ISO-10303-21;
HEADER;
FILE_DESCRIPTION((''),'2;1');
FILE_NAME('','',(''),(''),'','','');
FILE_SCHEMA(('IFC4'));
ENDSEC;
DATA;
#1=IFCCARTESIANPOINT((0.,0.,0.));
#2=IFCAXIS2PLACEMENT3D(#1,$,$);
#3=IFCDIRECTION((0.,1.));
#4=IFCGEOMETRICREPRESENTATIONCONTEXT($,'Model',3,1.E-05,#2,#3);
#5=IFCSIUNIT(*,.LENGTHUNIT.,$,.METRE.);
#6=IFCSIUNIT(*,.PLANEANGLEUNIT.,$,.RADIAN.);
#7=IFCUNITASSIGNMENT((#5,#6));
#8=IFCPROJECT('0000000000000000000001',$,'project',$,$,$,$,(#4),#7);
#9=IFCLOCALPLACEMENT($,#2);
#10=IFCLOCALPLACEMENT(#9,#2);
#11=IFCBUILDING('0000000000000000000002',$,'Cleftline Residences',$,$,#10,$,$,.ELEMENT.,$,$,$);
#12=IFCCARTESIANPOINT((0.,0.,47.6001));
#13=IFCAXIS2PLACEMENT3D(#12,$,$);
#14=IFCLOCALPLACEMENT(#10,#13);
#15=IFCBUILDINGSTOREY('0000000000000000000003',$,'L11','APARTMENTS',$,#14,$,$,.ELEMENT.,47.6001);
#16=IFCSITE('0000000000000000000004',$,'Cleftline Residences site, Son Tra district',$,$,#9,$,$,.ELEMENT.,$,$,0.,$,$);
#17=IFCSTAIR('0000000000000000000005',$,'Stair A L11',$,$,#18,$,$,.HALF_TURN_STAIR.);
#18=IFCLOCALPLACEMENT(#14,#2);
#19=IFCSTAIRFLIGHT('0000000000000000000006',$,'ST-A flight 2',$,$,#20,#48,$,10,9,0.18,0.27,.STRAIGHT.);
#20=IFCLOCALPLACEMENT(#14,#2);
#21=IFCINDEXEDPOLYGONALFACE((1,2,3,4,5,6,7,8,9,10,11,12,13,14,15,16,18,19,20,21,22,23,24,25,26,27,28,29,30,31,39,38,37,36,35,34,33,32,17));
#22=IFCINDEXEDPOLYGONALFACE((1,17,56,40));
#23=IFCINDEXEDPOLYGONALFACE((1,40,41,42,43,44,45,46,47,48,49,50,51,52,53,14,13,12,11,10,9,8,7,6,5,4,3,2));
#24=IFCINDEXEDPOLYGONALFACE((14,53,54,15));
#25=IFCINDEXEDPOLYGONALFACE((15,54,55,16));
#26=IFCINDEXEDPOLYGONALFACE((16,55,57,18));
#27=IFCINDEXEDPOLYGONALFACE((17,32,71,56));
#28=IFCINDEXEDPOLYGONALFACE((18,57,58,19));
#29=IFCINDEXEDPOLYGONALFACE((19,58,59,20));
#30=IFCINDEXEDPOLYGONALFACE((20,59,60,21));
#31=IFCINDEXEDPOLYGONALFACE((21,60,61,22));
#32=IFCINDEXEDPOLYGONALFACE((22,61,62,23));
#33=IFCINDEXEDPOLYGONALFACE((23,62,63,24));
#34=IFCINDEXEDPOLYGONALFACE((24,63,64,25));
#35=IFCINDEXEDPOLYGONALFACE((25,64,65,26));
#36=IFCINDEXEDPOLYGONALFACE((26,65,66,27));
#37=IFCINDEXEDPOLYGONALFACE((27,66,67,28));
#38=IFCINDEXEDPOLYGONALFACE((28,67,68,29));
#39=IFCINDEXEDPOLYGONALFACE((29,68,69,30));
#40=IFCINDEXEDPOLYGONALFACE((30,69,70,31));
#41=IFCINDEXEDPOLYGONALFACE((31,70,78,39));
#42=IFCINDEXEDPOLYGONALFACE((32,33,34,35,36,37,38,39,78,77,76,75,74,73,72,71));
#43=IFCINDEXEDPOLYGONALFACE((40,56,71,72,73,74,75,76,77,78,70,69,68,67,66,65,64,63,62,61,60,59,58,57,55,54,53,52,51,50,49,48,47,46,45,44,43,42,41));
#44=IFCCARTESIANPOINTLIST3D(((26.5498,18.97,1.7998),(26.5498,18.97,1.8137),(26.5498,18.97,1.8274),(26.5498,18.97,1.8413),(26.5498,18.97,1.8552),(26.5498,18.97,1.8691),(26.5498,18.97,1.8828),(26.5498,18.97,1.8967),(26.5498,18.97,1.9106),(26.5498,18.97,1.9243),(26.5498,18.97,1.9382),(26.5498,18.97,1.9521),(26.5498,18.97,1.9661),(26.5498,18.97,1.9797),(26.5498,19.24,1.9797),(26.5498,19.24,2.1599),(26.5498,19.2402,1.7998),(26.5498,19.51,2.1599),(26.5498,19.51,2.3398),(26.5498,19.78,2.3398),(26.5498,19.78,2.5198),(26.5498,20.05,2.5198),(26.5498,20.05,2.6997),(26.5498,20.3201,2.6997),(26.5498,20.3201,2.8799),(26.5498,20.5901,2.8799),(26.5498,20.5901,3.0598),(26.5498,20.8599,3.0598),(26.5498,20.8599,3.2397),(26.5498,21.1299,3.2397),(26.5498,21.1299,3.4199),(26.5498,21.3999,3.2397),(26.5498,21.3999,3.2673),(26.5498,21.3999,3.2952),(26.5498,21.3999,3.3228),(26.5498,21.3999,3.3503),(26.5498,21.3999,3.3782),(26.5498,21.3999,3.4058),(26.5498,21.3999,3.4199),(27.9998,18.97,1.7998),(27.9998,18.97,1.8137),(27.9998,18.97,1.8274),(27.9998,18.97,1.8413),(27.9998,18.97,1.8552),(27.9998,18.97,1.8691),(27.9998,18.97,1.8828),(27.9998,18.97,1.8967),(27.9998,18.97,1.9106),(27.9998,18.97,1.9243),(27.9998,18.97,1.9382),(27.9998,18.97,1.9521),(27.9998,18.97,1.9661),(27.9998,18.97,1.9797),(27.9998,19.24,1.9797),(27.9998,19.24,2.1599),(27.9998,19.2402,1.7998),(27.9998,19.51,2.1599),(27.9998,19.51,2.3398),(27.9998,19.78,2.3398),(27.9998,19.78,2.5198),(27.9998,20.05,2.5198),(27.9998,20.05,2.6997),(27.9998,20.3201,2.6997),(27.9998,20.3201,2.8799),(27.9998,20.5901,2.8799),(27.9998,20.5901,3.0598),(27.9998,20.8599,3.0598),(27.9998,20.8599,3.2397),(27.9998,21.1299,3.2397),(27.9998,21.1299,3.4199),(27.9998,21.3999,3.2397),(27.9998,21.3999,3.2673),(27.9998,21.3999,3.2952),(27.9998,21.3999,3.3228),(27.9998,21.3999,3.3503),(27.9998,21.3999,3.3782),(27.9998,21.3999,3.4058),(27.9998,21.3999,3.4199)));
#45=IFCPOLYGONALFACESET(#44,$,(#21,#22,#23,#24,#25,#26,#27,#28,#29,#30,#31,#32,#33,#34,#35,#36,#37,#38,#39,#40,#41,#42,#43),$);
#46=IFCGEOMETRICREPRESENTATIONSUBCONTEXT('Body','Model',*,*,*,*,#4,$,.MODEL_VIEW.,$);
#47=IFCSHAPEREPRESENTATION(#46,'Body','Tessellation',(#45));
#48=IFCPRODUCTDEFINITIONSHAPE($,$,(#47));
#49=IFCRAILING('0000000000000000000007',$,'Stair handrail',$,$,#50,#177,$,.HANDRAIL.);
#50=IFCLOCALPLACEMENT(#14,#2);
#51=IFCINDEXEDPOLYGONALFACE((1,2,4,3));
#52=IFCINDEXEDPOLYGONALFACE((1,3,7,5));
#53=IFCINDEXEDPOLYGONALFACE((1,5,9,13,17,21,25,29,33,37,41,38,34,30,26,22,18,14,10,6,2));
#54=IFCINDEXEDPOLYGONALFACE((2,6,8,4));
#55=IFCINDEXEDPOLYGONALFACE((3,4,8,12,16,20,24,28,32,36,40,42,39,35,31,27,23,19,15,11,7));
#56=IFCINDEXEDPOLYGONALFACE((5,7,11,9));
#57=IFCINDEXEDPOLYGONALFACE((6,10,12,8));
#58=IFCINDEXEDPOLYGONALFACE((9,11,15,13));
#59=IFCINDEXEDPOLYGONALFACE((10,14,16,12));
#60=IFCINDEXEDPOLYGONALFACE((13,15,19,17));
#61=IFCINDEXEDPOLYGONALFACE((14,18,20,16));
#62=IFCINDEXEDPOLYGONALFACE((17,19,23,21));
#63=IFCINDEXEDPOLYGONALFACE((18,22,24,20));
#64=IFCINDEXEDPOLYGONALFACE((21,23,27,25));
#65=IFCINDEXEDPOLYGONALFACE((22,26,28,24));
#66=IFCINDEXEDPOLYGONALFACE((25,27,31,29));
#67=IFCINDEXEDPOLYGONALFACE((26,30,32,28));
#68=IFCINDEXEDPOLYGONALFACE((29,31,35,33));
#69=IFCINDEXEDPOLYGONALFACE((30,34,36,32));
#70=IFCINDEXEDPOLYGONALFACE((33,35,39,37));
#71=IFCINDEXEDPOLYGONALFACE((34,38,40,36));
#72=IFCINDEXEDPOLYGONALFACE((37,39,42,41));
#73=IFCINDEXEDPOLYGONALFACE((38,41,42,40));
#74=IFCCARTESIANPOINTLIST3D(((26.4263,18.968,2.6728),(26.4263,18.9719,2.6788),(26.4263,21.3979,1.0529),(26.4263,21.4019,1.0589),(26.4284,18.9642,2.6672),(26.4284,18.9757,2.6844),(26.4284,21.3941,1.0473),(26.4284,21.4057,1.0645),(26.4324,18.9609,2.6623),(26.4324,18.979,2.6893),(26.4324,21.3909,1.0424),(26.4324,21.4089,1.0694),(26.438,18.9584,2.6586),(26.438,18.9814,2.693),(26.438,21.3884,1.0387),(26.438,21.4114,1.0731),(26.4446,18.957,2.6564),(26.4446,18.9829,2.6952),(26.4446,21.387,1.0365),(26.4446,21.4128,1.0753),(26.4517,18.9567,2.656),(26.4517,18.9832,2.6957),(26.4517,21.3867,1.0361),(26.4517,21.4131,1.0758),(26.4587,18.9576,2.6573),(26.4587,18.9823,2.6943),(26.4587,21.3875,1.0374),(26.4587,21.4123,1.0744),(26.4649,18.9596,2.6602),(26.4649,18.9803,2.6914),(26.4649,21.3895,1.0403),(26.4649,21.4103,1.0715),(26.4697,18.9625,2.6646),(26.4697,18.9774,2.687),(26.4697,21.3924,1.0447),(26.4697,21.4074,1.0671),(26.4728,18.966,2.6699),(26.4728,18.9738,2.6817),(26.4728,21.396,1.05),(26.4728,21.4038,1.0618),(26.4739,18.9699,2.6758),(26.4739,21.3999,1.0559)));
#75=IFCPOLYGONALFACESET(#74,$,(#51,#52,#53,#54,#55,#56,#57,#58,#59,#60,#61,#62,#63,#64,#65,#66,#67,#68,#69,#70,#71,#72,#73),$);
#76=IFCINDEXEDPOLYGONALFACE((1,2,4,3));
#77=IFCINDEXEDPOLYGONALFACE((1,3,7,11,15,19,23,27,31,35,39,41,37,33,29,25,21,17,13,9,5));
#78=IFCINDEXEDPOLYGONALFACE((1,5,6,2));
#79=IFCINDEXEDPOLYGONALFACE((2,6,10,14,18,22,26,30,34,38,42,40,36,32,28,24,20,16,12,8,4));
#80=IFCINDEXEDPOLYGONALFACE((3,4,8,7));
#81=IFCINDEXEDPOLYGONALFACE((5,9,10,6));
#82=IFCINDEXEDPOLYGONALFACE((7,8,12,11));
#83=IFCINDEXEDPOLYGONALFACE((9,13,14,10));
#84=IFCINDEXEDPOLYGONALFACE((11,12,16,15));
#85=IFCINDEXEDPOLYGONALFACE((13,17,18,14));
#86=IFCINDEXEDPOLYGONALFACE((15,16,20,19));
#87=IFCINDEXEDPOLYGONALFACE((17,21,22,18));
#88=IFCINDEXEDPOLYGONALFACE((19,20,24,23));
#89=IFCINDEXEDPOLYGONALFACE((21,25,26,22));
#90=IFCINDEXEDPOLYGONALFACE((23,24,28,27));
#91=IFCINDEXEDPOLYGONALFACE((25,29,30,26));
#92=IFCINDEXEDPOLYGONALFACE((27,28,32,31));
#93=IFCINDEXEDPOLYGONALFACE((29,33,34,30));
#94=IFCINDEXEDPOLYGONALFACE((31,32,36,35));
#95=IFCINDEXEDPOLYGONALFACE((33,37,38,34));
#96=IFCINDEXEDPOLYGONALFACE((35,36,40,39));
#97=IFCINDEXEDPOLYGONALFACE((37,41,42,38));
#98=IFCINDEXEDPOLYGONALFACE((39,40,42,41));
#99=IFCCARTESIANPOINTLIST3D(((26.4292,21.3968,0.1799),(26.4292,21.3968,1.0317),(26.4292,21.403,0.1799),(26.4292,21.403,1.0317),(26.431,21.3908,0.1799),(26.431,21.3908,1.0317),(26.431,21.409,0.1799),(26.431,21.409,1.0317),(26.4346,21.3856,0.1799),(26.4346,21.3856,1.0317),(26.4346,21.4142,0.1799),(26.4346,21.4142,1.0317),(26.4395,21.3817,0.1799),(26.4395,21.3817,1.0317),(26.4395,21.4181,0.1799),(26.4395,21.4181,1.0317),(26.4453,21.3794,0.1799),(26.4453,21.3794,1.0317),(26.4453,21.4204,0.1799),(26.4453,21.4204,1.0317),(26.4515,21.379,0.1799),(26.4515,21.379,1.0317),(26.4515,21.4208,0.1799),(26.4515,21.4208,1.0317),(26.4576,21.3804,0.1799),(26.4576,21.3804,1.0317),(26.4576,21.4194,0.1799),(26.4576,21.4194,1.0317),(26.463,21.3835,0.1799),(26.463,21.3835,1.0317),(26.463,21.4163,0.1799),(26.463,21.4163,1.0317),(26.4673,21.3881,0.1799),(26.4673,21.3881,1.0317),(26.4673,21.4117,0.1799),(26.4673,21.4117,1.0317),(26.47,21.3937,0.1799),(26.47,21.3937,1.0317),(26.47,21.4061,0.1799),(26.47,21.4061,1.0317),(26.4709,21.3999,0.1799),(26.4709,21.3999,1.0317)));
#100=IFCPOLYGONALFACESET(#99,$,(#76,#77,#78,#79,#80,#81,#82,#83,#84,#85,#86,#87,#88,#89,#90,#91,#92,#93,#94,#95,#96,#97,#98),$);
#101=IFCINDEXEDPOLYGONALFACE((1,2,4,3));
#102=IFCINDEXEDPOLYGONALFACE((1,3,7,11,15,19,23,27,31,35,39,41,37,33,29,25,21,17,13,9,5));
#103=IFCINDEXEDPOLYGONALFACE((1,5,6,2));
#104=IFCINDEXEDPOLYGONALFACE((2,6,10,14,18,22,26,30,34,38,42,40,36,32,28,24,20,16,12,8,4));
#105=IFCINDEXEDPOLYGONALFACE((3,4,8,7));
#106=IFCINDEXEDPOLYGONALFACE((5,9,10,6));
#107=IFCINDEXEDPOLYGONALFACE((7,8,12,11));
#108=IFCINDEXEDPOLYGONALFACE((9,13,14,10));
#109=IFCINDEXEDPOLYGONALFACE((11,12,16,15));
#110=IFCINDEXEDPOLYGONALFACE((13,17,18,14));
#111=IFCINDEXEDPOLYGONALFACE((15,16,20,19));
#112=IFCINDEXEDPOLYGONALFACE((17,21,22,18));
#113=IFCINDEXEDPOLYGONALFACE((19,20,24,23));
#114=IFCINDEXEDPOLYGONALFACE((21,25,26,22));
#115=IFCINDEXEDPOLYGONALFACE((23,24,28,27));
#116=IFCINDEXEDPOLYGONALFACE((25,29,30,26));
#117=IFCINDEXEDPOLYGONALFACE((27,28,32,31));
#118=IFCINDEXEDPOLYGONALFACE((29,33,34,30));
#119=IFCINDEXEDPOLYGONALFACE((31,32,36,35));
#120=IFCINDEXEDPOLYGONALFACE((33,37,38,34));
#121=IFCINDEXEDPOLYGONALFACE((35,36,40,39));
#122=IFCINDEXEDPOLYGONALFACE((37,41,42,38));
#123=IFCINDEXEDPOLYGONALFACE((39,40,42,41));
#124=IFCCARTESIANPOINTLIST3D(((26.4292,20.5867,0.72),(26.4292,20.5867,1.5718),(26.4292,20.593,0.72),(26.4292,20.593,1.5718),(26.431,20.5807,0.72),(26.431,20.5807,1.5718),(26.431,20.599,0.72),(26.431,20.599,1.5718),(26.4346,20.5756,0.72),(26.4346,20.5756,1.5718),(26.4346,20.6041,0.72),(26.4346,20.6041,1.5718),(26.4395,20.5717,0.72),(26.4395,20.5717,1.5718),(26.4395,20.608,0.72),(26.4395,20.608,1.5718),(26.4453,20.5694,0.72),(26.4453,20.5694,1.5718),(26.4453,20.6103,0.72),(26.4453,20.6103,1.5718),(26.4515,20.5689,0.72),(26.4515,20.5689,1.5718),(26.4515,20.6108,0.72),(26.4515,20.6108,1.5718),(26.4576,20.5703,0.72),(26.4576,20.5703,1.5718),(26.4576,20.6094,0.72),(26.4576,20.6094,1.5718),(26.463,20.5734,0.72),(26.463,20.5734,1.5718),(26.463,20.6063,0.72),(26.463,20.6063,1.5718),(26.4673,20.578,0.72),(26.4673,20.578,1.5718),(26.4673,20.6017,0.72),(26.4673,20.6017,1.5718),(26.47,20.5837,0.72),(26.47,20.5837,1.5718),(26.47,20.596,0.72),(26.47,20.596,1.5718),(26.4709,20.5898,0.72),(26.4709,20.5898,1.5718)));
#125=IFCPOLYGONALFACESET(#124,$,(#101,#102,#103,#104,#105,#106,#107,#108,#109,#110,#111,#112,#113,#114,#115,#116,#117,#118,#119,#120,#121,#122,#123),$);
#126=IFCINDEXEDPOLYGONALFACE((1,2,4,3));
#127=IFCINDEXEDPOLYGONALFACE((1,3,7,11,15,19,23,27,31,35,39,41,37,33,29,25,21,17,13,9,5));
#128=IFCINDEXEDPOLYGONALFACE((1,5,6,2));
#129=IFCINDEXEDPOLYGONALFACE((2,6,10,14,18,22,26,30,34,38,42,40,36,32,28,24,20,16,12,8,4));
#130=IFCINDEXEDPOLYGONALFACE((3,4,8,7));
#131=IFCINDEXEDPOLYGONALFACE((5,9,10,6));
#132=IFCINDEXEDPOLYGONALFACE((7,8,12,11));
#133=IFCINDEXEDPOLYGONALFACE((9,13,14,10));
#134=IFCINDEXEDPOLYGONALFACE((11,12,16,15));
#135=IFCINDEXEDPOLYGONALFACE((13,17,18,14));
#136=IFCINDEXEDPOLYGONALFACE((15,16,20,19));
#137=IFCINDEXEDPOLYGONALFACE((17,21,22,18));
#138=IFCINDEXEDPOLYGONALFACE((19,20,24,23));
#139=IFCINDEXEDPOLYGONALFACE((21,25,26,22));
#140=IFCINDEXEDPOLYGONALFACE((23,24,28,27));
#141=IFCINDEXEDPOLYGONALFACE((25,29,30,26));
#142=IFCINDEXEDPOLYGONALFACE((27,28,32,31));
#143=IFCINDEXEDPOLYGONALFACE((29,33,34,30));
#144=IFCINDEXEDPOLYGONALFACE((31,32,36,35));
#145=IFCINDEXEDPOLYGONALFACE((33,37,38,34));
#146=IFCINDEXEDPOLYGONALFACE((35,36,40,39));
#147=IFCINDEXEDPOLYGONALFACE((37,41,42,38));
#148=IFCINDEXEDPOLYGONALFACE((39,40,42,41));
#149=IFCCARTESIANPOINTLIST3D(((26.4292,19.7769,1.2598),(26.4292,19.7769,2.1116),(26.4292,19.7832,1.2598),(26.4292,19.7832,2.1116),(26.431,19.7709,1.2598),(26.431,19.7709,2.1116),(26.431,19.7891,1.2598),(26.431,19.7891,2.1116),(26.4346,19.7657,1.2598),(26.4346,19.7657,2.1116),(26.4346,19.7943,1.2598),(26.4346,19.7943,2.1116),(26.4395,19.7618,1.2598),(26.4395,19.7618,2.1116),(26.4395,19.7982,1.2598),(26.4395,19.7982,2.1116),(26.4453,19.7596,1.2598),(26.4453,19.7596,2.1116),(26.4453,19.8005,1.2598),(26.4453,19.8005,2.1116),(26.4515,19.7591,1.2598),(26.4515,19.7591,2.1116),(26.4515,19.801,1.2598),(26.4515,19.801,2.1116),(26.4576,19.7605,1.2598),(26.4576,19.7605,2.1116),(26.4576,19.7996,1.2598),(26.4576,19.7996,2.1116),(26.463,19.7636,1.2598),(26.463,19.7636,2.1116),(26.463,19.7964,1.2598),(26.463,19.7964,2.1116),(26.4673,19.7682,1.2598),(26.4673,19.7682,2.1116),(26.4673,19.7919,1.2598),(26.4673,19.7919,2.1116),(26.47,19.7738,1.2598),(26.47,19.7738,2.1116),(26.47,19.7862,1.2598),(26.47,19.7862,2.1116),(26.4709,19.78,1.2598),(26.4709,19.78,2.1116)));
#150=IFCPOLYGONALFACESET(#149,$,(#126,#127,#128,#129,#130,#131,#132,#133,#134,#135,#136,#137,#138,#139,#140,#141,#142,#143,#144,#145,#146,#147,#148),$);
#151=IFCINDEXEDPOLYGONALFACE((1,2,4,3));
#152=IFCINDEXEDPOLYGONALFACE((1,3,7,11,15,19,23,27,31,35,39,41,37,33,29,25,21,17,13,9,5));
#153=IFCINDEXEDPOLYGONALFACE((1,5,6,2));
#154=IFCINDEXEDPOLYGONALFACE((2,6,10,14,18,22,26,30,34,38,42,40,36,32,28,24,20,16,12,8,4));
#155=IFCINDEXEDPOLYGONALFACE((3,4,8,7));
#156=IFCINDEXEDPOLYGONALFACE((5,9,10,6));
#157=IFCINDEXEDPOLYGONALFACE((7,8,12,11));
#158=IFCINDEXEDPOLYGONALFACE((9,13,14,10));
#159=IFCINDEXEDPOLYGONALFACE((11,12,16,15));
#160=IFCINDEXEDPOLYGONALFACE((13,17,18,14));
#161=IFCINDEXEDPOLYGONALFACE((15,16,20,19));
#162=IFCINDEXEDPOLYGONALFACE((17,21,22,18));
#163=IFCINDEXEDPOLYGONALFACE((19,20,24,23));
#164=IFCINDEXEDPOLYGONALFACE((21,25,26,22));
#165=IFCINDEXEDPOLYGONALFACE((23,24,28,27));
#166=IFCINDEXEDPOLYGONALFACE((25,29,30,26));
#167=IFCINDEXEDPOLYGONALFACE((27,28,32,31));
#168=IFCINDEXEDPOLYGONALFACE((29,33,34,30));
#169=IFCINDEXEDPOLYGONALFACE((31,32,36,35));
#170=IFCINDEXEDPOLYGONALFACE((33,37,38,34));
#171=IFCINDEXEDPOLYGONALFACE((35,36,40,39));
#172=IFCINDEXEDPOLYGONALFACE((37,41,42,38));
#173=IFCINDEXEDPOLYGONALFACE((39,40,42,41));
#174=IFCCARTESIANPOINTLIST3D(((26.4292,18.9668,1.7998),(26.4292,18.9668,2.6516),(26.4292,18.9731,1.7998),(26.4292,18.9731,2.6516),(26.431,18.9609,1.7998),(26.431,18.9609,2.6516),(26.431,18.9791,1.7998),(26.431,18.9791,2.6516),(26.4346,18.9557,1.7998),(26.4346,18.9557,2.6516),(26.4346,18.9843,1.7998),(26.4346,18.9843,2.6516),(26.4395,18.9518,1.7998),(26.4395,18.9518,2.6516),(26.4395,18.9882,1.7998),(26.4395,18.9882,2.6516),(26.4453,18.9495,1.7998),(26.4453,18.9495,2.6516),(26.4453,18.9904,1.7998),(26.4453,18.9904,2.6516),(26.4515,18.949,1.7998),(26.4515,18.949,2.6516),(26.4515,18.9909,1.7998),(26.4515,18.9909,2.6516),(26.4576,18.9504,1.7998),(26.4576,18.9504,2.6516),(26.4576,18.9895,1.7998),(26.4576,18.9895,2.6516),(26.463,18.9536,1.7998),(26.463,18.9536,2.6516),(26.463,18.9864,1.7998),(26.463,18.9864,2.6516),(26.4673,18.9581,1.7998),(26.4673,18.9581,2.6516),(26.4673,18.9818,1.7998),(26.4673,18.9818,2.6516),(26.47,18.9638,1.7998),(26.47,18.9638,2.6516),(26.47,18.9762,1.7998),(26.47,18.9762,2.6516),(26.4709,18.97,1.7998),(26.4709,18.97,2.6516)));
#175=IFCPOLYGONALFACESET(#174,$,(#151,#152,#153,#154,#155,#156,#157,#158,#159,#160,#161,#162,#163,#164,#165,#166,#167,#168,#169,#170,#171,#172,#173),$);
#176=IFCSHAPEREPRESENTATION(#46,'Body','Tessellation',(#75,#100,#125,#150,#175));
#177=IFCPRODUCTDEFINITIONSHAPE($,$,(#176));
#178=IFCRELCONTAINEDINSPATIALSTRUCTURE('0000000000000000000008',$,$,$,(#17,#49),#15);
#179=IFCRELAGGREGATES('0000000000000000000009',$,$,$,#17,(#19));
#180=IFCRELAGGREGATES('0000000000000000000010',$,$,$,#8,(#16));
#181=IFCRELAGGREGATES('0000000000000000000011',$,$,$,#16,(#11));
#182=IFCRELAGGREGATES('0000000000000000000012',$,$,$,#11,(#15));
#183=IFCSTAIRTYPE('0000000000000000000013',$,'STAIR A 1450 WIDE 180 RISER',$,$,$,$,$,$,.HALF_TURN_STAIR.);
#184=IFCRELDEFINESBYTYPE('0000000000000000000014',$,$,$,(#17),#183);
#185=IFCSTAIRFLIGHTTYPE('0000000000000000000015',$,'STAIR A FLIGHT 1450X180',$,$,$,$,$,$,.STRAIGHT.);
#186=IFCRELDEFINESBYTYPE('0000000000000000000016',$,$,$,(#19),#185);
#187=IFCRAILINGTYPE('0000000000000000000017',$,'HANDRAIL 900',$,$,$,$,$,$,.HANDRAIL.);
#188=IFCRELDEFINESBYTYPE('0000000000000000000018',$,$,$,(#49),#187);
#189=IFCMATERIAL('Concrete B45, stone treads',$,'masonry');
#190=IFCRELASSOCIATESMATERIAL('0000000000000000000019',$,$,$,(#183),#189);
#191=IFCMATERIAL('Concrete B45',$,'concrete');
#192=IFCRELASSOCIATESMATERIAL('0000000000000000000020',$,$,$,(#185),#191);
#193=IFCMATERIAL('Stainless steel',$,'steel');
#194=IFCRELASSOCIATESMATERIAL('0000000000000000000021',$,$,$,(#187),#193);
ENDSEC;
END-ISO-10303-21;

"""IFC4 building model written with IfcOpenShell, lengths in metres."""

from ifc_helpers import new_model, si_unit, direction, frame, origin, origin_2d, place, context, subcontext, project, spatial, polyline, circle, outline, extrude, material, type_object, element, aggregate, save


model = new_model("IFC4")

# Units and contexts
model_context = context("Model", 3, precision=1e-05, world=origin(), true_north=direction((0.0, 1.0)))
body_context = subcontext(model_context, "Body", "Model", "MODEL_VIEW")
ifc_project = project(units=[si_unit("LENGTHUNIT", "METRE"), si_unit("PLANEANGLEUNIT", "RADIAN")], contexts=[model_context])

# Site, building, storey
site_placement = place(None, origin())
site = spatial("IfcSite", under=ifc_project, at=site_placement, Name="Cleftline Residences site, Son Tra district", CompositionType="ELEMENT", RefElevation=0.0)
building_placement = place(site_placement, origin())
building = spatial("IfcBuilding", under=site, at=building_placement, Name="Cleftline Residences", CompositionType="ELEMENT")
storey_placement = place(building_placement, frame((0.0, 0.0, 47.6001)))
storey = spatial("IfcBuildingStorey", under=building, at=storey_placement, Name="L11", Description="APARTMENTS", CompositionType="ELEMENT", Elevation=47.6001)

# Stair, stair flight
ifc_material_1 = material(Name="Concrete B45, stone treads", Category="masonry")
stair_type = type_object("IfcStairType", Name="STAIR A 1450 WIDE 180 RISER", PredefinedType="HALF_TURN_STAIR", material=ifc_material_1)
stair_placement = place(storey_placement, origin())
stair = element("IfcStair", 1, at=stair_placement, inside=storey, type_object=stair_type, Name="Stair A L11", PredefinedType="HALF_TURN_STAIR")
ifc_material_2 = material(Name="Concrete B45", Category="concrete")
stair_flight_type = type_object("IfcStairFlightType", Name="STAIR A FLIGHT 1450X180", PredefinedType="STRAIGHT", material=ifc_material_2)
stair_flight_1_placement = place(storey_placement, frame((27.2749, 18.97, 1.7998), z_axis=(0.0, 0.0, 1.0), x_axis=(0.0, 1.0, 0.0)))
stair_flight_1 = element("IfcStairFlight", 2, at=stair_flight_1_placement, type_object=stair_flight_type, Name="ST-A flight 2", NumberOfRisers=10, NumberOfTreads=9, PredefinedType="STRAIGHT", RiserHeight=0.18, TreadLength=0.27, context=body_context, shape_type="SweptSolid", body=[
    extrude(outline(polyline([(0.0, 0.0), (0.0, 0.0139), (0.0, 0.0276), (0.0, 0.0415), (0.0, 0.0554), (0.0, 0.0693), (0.0, 0.083), (0.0, 0.0969), (0.0, 0.1108), (0.0, 0.1245), (0.0, 0.1384), (0.0, 0.1523), (0.0, 0.1663), (0.0, 0.1799), (0.27, 0.1799), (0.27, 0.3601), (0.54, 0.3601), (0.54, 0.54), (0.8101, 0.54), (0.8101, 0.72), (1.0801, 0.72), (1.0801, 0.8999), (1.3501, 0.8999), (1.3501, 1.0801), (1.6201, 1.0801), (1.6201, 1.26), (1.8899, 1.26), (1.8899, 1.4399), (2.1599, 1.4399), (2.1599, 1.6201), (2.4299, 1.6201), (2.4299, 1.8), (2.4299, 1.7722), (2.4299, 1.7446), (2.4299, 1.7168), (2.4299, 1.6892), (2.4299, 1.6614), (2.4299, 1.6338), (2.4299, 1.606), (2.4299, 1.5784), (2.4299, 1.5505), (2.4299, 1.5229), (2.4299, 1.4954), (2.4299, 1.4675), (2.4299, 1.4399), (0.2703, 0.0), (0.0, 0.0)])), frame((0.0, 0.7251, 0.0), z_axis=(0.0, -1.0, 0.0), x_axis=(1.0, 0.0, 0.0)), (0.0, 0.0, 1.0), 1.45),
])
aggregate(stair, [stair_flight_1])

# Railing
ifc_material_3 = material(Name="Stainless steel", Category="steel")
railing_type = type_object("IfcRailingType", Name="HANDRAIL 900", PredefinedType="HANDRAIL", material=ifc_material_3)
railing_1_placement = place(storey_placement, frame((26.45, 21.3999, 0.1799)))
element("IfcRailing", 3, at=railing_1_placement, inside=storey, type_object=railing_type, Name="Stair handrail", PredefinedType="HANDRAIL", context=body_context, shape_type="SweptSolid", body=[
    extrude(circle(Radius=0.0239, at=origin_2d()), frame((0.0, 0.0, 0.876), z_axis=(0.0, -0.832063, 0.554681), x_axis=(1.0, 0.0, 0.0)), (0.0, 0.0, 1.0), 2.9204),
    extrude(circle(Radius=0.021, at=origin_2d()), origin(), (0.0, 0.0, 1.0), 0.8518),
    extrude(circle(Radius=0.021, at=origin_2d()), frame((0.0, -0.8101, 0.54)), (0.0, 0.0, 1.0), 0.8518),
    extrude(circle(Radius=0.021, at=origin_2d()), frame((0.0, -1.6199, 1.0798)), (0.0, 0.0, 1.0), 0.8518),
    extrude(circle(Radius=0.021, at=origin_2d()), frame((0.0, -2.4299, 1.6199)), (0.0, 0.0, 1.0), 0.8518),
])

save(model, "model.ifc")
